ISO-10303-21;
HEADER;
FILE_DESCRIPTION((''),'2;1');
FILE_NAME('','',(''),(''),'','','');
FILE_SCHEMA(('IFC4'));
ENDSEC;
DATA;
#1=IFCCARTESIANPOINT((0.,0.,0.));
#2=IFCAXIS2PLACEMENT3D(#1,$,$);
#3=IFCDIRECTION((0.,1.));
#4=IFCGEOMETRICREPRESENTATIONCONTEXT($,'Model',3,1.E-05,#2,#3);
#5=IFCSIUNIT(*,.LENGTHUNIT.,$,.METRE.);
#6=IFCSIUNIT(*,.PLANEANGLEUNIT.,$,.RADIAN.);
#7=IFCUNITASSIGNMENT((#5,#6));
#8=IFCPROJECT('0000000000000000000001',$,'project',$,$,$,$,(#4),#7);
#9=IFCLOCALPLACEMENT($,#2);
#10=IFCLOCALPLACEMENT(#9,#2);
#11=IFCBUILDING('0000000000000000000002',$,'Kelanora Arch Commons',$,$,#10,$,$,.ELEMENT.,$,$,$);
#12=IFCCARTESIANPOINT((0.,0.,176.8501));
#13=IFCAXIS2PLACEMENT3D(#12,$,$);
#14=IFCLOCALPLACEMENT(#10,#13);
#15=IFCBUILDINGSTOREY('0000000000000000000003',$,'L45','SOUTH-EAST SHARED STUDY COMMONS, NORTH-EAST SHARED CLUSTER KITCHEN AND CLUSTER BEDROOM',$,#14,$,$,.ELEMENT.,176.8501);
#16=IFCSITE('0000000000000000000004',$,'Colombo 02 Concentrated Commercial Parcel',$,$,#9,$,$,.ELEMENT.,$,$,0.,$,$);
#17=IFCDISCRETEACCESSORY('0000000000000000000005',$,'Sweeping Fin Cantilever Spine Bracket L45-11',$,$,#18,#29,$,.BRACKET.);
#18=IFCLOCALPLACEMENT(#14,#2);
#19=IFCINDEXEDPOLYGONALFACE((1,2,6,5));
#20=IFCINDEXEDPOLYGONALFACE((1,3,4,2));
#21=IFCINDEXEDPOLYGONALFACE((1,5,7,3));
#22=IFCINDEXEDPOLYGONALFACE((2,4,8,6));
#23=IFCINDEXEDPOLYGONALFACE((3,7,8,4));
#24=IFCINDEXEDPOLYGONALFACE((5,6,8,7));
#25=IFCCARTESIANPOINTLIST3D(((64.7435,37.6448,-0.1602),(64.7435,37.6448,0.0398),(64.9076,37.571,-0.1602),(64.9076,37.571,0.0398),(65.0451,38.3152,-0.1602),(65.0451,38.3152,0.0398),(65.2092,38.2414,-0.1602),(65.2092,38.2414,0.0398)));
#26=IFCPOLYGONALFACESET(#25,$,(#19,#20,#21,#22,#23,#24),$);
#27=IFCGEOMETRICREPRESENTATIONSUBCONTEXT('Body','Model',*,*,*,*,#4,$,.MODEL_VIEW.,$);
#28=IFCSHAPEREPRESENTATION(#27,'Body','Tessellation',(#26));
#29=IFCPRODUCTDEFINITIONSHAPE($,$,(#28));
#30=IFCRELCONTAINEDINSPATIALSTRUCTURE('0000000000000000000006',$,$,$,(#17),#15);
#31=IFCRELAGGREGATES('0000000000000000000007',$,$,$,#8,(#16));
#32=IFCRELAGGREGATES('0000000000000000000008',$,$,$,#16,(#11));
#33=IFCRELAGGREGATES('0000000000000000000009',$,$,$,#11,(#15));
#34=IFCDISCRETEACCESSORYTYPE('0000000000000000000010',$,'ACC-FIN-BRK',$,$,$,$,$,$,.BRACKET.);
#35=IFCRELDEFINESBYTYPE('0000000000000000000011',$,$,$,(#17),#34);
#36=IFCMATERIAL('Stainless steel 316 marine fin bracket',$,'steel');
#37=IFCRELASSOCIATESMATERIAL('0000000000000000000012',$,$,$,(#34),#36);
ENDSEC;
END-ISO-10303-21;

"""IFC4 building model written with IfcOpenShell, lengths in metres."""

from ifc_helpers import new_model, si_unit, direction, frame, origin, origin_2d, place, context, subcontext, project, spatial, rectangle, extrude, source, transform, mapped, material, type_object, element, save


model = new_model("IFC4")

# Units and contexts
model_context = context("Model", 3, precision=1e-05, world=origin(), true_north=direction((0.0, 1.0)))
body_context = subcontext(model_context, "Body", "Model", "MODEL_VIEW")
ifc_project = project(units=[si_unit("LENGTHUNIT", "METRE"), si_unit("PLANEANGLEUNIT", "RADIAN")], contexts=[model_context])

# Site, building, storey
site_placement = place(None, origin())
site = spatial("IfcSite", under=ifc_project, at=site_placement, Name="Colombo 02 Concentrated Commercial Parcel", CompositionType="ELEMENT", RefElevation=0.0)
building_placement = place(site_placement, origin())
building = spatial("IfcBuilding", under=site, at=building_placement, Name="Kelanora Arch Commons", CompositionType="ELEMENT")
storey_placement = place(building_placement, frame((0.0, 0.0, 176.8501)))
storey = spatial("IfcBuildingStorey", under=building, at=storey_placement, Name="L45", Description="SOUTH-EAST SHARED STUDY COMMONS, NORTH-EAST SHARED CLUSTER KITCHEN AND CLUSTER BEDROOM", CompositionType="ELEMENT", Elevation=176.8501)

# Discrete accessory
ifc_material_1 = material(Name="Stainless steel 316 marine fin bracket", Category="steel")
discrete_accessory_type = type_object("IfcDiscreteAccessoryType", Name="ACC-FIN-BRK", PredefinedType="BRACKET", material=ifc_material_1)
shared_shape_1 = source(origin(), body_context, "Body", "SweptSolid", [
    extrude(rectangle(XDim=0.7351, YDim=0.1799, at=origin_2d()), origin(), (0.0, 0.0, 1.0), 0.2),
])
discrete_accessory_placement = place(storey_placement, frame((64.9763, 37.9431, -0.1602), z_axis=(0.0, 0.0, 1.0), x_axis=(-0.410241, -0.911977, 0.0)))
element("IfcDiscreteAccessory", 1, at=discrete_accessory_placement, inside=storey, type_object=discrete_accessory_type, Name="Sweeping Fin Cantilever Spine Bracket L45-11", PredefinedType="BRACKET", context=body_context, shape_type="MappedRepresentation", body=[
    mapped(shared_shape_1, transform((0.0, 0.0, 0.0), scale=1.0)),
])

save(model, "model.ifc")
